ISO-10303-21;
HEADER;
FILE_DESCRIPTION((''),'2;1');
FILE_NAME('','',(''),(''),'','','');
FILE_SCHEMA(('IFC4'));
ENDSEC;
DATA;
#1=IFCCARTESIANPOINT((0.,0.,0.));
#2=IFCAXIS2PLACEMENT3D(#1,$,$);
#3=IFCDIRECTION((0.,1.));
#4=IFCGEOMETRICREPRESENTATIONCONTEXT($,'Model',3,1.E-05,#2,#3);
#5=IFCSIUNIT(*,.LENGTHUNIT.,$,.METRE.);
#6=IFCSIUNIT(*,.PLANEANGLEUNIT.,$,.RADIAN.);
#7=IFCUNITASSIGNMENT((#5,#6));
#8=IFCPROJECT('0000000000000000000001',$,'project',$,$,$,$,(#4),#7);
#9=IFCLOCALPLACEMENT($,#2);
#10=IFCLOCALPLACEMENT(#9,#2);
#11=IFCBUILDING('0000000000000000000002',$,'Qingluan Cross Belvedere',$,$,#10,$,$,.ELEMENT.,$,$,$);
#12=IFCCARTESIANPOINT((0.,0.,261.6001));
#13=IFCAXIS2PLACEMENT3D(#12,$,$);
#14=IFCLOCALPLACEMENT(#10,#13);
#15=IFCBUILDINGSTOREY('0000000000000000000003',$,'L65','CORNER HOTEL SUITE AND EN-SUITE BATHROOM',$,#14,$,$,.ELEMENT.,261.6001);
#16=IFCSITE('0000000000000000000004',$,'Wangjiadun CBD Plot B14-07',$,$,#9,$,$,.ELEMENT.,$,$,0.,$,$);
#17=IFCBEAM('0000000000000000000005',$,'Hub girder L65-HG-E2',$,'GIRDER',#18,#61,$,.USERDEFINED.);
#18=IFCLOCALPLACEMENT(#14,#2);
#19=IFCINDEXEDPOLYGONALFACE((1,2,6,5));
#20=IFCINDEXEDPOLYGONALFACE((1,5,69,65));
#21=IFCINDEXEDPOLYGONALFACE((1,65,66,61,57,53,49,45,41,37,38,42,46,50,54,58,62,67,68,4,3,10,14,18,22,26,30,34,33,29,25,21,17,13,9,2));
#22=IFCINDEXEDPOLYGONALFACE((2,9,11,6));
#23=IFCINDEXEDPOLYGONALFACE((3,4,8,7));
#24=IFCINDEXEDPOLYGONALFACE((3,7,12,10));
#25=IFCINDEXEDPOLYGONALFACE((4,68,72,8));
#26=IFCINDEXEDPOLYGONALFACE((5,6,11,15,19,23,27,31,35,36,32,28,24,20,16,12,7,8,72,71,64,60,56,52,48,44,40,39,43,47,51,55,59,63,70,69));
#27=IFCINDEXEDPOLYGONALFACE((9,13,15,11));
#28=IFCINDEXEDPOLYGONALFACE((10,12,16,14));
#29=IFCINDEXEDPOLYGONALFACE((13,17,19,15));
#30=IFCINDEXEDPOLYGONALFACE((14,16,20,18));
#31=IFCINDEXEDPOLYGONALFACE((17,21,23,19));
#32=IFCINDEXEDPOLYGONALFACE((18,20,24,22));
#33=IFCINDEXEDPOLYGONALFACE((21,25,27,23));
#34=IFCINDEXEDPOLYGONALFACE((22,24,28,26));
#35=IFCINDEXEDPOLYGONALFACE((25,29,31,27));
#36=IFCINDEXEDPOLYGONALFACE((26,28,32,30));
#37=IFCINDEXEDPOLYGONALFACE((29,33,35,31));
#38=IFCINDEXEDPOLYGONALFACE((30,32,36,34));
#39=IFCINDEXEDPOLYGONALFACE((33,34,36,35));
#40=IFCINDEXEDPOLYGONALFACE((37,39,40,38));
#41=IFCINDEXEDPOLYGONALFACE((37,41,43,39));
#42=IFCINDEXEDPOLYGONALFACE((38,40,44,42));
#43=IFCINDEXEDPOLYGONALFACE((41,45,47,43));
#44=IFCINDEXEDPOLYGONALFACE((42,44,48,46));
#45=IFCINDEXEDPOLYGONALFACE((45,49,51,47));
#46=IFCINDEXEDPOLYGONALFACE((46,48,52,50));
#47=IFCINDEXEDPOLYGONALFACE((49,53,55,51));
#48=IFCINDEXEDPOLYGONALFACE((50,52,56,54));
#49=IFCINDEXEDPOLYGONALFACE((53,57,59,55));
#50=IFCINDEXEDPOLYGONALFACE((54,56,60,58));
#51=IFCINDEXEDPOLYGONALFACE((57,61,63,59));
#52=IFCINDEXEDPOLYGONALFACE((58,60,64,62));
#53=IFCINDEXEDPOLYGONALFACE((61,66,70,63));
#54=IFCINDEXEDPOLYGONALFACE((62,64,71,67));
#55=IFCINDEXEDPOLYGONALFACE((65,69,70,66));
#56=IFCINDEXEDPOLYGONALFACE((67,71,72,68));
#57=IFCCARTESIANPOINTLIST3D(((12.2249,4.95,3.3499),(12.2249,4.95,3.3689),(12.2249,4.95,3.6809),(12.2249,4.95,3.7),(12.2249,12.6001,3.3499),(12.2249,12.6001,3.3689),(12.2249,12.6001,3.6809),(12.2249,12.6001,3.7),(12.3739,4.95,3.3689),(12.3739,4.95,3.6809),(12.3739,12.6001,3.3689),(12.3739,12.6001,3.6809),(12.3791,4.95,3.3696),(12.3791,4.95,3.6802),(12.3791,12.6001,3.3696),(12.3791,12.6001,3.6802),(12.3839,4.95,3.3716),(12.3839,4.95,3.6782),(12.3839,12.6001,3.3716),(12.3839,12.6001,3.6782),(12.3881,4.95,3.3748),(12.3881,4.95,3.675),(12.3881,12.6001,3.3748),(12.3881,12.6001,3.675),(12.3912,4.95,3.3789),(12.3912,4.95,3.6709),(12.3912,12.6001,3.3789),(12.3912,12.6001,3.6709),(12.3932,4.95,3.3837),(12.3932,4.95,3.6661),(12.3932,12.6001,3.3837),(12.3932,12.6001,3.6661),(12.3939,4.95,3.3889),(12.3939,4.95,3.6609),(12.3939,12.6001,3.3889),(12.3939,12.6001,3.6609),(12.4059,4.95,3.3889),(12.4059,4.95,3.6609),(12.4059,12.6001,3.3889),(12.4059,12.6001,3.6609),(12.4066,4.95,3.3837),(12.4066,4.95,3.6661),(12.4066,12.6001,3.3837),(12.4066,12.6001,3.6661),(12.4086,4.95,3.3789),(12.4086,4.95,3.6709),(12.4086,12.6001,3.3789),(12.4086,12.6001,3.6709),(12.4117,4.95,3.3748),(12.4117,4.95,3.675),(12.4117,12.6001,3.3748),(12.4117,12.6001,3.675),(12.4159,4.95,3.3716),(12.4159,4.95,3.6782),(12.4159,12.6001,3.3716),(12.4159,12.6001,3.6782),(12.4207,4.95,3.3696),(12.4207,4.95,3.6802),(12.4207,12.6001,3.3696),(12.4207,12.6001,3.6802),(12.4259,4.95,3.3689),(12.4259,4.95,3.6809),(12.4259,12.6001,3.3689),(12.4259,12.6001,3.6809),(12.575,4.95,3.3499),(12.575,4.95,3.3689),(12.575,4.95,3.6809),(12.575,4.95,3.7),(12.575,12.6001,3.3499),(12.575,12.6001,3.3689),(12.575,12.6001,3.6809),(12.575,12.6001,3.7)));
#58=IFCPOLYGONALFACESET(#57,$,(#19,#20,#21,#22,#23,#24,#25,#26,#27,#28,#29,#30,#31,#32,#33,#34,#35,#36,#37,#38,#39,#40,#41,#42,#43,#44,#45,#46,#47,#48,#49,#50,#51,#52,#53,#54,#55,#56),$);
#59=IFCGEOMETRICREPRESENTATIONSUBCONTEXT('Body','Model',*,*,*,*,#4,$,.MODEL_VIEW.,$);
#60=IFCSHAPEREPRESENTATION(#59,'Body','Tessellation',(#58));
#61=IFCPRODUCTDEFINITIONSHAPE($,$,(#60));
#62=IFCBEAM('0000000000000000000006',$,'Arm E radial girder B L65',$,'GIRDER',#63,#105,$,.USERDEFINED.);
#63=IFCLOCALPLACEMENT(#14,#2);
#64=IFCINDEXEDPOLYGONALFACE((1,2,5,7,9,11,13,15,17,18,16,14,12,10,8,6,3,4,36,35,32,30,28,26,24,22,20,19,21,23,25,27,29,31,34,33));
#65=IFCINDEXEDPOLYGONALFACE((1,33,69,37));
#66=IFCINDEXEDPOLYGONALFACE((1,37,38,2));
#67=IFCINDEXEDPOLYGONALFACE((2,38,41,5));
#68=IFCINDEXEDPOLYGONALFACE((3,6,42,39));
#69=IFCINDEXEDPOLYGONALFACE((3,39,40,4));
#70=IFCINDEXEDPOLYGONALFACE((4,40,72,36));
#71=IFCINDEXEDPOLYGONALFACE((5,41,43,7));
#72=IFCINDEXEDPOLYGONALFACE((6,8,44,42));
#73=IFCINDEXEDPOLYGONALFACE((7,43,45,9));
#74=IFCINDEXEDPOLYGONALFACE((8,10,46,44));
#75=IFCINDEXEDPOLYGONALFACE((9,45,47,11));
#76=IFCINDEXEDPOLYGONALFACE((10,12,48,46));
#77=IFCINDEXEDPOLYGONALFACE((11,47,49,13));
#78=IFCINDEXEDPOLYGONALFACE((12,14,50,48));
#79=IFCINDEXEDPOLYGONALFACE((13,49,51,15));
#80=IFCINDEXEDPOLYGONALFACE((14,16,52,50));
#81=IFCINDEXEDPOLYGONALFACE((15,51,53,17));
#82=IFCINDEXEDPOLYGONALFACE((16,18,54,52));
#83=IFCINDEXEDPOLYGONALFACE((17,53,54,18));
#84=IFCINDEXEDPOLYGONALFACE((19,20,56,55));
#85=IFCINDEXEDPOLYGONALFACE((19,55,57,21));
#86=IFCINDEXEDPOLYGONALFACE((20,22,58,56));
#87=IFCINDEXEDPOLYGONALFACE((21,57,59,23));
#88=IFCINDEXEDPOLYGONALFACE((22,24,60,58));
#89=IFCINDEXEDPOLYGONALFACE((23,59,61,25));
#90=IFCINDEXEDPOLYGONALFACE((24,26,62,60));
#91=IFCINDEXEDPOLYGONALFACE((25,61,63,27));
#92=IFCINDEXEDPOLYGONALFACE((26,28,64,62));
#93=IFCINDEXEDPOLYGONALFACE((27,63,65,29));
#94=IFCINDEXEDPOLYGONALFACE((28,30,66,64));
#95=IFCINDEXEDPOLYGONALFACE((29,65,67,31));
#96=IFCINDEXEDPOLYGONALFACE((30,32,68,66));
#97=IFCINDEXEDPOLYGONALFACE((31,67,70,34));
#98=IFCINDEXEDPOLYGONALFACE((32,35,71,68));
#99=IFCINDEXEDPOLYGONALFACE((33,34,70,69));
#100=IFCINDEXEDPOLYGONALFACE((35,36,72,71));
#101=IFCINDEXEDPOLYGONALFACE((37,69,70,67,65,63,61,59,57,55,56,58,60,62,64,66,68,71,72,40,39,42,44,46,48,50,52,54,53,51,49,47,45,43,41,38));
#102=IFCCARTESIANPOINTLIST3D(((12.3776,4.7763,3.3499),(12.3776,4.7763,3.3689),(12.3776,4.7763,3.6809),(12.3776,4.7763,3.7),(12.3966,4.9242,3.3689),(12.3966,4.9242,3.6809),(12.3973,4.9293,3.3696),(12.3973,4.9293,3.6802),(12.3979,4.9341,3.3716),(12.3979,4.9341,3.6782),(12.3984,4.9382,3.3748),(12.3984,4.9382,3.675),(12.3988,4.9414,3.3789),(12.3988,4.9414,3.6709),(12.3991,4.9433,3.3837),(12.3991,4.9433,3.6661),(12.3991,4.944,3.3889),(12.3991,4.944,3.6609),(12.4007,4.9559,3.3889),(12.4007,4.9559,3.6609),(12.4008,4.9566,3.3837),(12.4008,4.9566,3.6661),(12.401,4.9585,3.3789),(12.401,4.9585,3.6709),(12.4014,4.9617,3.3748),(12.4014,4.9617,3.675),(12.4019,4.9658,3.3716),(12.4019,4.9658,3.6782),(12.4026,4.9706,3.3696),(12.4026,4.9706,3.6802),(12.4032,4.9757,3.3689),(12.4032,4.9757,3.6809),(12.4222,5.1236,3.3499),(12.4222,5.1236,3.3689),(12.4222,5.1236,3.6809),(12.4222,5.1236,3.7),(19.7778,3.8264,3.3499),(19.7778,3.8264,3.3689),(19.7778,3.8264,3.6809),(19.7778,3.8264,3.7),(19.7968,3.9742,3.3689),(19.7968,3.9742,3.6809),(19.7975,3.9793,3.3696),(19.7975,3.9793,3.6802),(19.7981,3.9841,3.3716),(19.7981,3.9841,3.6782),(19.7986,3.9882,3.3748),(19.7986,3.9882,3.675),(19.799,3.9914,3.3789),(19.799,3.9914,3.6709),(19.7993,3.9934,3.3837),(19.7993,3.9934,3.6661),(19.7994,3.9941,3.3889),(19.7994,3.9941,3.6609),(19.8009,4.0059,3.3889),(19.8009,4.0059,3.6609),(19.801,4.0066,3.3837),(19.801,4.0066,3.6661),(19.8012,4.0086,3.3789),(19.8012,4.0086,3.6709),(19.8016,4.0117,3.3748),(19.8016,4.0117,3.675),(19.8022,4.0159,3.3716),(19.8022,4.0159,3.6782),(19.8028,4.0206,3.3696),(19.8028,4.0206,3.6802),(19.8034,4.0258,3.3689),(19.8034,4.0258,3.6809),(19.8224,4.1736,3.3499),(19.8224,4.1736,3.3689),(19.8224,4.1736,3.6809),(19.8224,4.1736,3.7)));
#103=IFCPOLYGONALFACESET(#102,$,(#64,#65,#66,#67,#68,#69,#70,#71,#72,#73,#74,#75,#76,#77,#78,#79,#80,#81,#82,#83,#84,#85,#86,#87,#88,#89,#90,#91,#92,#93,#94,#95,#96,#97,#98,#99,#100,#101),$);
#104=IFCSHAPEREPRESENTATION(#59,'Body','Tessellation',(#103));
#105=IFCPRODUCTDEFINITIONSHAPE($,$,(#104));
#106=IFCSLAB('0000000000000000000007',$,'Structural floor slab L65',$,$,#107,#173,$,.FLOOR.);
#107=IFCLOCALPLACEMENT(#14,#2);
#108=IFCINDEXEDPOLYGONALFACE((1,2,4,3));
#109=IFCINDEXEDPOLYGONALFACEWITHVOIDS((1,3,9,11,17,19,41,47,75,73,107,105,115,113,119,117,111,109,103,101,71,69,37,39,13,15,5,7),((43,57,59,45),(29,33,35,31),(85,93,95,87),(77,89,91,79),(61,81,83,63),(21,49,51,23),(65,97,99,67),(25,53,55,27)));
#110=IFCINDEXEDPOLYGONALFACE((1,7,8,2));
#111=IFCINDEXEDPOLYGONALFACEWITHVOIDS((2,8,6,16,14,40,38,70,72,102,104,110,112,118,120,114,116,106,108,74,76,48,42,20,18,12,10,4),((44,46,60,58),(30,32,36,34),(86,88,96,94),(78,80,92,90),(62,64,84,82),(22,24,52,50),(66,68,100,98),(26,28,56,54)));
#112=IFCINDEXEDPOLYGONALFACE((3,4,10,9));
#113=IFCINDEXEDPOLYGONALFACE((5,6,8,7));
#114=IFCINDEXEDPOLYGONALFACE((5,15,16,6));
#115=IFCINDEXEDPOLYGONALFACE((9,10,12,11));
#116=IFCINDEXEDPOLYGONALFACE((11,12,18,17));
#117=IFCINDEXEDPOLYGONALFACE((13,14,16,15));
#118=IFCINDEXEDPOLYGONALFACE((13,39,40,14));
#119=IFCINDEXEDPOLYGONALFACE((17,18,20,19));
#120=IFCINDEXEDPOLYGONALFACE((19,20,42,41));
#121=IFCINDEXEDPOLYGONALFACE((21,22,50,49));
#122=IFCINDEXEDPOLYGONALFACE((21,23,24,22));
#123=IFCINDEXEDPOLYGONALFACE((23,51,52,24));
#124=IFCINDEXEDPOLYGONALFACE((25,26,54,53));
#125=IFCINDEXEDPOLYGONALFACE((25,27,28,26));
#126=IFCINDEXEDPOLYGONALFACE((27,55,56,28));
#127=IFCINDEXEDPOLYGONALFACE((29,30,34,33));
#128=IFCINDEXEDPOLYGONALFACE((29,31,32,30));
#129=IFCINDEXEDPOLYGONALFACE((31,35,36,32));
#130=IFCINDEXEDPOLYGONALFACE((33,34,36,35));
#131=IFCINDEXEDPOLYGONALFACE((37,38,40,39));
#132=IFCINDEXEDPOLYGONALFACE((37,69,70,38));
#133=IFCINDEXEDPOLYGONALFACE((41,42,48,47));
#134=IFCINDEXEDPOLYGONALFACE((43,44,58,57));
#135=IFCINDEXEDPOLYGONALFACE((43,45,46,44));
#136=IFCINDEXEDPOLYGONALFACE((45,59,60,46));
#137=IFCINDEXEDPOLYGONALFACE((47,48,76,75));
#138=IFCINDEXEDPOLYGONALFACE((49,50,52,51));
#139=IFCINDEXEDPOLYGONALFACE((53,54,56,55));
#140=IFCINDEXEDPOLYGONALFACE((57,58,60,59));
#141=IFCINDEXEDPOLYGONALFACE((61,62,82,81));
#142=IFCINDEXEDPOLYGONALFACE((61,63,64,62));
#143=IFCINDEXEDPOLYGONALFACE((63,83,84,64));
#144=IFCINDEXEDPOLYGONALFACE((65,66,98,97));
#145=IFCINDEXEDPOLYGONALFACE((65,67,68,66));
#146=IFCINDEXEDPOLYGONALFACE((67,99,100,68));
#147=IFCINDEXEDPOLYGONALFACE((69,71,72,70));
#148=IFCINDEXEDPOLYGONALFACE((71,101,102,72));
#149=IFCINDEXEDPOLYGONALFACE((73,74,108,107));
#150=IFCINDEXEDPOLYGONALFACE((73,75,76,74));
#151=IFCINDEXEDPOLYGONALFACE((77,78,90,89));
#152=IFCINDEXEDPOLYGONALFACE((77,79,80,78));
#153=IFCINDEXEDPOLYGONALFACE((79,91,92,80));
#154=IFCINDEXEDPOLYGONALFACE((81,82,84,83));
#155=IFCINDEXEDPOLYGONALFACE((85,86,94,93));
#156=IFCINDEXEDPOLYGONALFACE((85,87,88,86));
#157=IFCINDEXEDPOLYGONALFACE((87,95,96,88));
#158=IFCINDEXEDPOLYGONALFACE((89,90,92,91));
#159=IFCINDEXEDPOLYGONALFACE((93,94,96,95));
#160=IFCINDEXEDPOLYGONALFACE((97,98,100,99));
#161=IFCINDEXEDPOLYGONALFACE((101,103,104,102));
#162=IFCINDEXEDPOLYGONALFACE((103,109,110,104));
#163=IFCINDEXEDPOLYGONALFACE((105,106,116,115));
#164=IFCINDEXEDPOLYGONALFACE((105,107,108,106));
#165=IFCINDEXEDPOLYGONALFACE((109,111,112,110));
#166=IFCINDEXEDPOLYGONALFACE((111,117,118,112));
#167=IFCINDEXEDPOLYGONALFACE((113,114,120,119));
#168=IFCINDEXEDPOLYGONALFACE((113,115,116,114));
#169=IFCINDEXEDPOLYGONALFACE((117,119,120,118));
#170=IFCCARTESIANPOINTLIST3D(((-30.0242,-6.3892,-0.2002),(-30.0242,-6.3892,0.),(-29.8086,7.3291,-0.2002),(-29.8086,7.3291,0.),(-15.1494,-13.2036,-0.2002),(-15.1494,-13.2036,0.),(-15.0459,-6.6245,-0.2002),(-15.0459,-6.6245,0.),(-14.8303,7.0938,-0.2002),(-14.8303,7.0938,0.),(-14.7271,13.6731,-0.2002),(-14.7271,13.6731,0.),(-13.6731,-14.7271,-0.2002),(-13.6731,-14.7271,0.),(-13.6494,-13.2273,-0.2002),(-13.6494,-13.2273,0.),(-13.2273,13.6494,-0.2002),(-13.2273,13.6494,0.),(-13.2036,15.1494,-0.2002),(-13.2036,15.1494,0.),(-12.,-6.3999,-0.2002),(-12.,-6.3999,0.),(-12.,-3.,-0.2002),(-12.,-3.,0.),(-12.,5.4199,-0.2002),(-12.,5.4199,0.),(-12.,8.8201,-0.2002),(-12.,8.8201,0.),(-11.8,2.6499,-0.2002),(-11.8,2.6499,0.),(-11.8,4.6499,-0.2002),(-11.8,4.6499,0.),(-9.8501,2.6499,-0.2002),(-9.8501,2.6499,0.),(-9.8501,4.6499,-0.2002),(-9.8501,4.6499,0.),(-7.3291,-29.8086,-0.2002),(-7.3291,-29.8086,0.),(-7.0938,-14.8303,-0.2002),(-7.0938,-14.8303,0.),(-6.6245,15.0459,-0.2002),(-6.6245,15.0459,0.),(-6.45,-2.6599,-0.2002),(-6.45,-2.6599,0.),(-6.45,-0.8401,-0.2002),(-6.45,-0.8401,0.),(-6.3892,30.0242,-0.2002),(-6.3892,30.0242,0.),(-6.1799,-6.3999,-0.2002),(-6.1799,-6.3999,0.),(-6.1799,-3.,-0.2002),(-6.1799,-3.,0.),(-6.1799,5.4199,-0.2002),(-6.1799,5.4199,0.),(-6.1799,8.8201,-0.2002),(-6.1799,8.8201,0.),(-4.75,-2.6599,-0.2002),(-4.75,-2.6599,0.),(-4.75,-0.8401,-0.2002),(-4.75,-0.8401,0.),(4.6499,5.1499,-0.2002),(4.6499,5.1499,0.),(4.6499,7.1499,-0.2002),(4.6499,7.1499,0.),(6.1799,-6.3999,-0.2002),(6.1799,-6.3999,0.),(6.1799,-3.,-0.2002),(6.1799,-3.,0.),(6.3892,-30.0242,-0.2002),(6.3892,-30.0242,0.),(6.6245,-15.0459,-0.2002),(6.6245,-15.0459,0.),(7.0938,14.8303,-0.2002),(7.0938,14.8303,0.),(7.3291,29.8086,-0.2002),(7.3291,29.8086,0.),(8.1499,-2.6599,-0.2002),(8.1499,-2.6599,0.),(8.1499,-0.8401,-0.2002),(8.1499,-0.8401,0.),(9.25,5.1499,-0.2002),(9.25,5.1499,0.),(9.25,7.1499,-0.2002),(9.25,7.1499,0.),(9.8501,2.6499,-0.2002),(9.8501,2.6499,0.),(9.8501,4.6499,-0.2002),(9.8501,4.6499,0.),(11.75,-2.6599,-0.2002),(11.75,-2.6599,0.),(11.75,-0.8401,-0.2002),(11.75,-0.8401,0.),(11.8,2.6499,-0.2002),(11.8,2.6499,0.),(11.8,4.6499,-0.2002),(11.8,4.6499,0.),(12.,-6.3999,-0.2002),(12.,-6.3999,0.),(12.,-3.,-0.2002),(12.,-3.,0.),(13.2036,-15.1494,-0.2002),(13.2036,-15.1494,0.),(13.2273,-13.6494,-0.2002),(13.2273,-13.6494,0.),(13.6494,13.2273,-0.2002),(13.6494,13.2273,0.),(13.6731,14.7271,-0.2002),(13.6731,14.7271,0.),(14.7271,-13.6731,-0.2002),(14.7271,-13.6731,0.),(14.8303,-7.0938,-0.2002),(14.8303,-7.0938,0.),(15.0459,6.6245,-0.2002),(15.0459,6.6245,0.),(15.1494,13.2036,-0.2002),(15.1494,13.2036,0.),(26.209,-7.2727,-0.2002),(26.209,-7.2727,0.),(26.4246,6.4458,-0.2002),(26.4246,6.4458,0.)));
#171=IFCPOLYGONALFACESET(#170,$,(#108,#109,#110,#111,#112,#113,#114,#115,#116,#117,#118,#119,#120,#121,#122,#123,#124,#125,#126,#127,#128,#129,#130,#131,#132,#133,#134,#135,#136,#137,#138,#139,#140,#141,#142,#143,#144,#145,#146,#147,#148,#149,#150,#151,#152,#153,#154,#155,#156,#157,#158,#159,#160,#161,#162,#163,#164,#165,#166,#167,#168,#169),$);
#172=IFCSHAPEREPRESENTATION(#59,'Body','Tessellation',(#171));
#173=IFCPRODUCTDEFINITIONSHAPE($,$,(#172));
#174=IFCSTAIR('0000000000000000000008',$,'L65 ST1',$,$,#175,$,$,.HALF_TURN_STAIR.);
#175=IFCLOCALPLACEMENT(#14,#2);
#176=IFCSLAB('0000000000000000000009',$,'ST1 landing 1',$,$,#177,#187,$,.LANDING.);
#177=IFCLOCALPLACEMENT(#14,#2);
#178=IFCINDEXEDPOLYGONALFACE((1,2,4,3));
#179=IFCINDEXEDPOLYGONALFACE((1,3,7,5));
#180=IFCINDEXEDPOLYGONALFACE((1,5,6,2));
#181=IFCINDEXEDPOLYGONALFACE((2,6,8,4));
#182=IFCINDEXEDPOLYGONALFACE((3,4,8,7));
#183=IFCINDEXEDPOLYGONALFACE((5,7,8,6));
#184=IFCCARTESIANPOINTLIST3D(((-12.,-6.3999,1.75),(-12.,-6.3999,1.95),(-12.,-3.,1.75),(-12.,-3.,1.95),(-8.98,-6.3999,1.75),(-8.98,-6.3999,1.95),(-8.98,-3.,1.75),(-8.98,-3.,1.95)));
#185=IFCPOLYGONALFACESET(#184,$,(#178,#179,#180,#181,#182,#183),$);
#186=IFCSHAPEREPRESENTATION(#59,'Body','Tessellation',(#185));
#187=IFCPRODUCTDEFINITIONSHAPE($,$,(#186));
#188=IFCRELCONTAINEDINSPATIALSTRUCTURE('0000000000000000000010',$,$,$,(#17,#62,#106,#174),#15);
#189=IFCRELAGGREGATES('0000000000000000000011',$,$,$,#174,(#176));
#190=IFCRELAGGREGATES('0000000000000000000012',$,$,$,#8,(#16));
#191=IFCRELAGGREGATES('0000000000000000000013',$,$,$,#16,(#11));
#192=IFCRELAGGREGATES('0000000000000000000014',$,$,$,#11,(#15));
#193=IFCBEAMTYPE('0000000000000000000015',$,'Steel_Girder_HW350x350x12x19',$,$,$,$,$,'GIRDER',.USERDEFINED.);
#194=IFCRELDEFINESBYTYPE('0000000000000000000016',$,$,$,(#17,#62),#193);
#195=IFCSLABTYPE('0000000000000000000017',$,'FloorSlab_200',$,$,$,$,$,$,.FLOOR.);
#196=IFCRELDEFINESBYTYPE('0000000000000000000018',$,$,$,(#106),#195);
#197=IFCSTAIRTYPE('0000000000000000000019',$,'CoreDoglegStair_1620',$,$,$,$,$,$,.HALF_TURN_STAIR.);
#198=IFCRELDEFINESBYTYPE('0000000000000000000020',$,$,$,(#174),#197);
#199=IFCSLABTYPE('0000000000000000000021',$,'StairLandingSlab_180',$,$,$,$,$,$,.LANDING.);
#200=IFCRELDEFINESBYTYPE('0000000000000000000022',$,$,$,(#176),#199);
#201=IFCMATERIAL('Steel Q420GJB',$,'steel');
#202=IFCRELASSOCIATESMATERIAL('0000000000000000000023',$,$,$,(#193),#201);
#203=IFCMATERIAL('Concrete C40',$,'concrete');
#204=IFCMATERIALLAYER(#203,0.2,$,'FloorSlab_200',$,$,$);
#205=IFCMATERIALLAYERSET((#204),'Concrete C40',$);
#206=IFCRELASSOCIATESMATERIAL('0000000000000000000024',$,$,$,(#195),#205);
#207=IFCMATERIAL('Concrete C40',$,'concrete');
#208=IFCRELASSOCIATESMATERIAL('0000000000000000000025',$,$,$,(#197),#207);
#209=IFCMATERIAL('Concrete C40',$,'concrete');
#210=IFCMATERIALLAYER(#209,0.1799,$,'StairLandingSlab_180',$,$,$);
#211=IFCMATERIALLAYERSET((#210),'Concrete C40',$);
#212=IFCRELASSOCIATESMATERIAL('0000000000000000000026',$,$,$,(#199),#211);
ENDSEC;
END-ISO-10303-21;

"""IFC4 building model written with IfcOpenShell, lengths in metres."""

from ifc_helpers import new_model, si_unit, direction, frame, origin, origin_2d, place, context, subcontext, project, spatial, polyline, i_section, outline, extrude, material, layer, layer_set, material_profile, profile_set, type_object, element, aggregate, save


model = new_model("IFC4")

# Units and contexts
model_context = context("Model", 3, precision=1e-05, world=origin(), true_north=direction((0.0, 1.0)))
body_context = subcontext(model_context, "Body", "Model", "MODEL_VIEW")
ifc_project = project(units=[si_unit("LENGTHUNIT", "METRE"), si_unit("PLANEANGLEUNIT", "RADIAN")], contexts=[model_context])

# Site, building, storey
site_placement = place(None, origin())
site = spatial("IfcSite", under=ifc_project, at=site_placement, Name="Wangjiadun CBD Plot B14-07", CompositionType="ELEMENT", RefElevation=0.0)
building_placement = place(site_placement, origin())
building = spatial("IfcBuilding", under=site, at=building_placement, Name="Qingluan Cross Belvedere", CompositionType="ELEMENT")
storey_placement = place(building_placement, frame((0.0, 0.0, 261.6001)))
storey = spatial("IfcBuildingStorey", under=building, at=storey_placement, Name="L65", Description="CORNER HOTEL SUITE AND EN-SUITE BATHROOM", CompositionType="ELEMENT", Elevation=261.6001)

# Beams
ifc_material_1 = material(Name="Steel Q420GJB", Category="steel")
ifc_material_profile = material_profile(ifc_material_1, i_section(OverallWidth=0.3501, OverallDepth=0.3501, WebThickness=0.012, FlangeThickness=0.019, FilletRadius=0.02, at=origin_2d()), Name="HW350x350x12x19")
ifc_profile_set = profile_set([ifc_material_profile], Name="Steel Q420GJB")
beam_type = type_object("IfcBeamType", Name="Steel_Girder_HW350x350x12x19", ElementType="GIRDER", PredefinedType="USERDEFINED", material=ifc_profile_set)
beam_1_placement = place(storey_placement, frame((12.3999, 4.95, 3.5249), z_axis=(0.0, 1.0, 0.0), x_axis=(-1.0, 0.0, 0.0)))
element("IfcBeam", 1, at=beam_1_placement, inside=storey, type_object=beam_type, Name="Hub girder L65-HG-E2", ObjectType="GIRDER", PredefinedType="USERDEFINED", context=body_context, shape_type="SweptSolid", body=[
    extrude(i_section(OverallWidth=0.3501, OverallDepth=0.3501, WebThickness=0.012, FlangeThickness=0.019, FilletRadius=0.02, at=origin_2d()), origin(), (0.0, 0.0, 1.0), 7.6501),
])
beam_2_placement = place(storey_placement, frame((12.3999, 4.95, 3.5249), z_axis=(0.991861, -0.127324, 0.0), x_axis=(0.127324, 0.991861, 0.0)))
element("IfcBeam", 2, at=beam_2_placement, inside=storey, type_object=beam_type, Name="Arm E radial girder B L65", ObjectType="GIRDER", PredefinedType="USERDEFINED", context=body_context, shape_type="SweptSolid", body=[
    extrude(i_section(OverallWidth=0.3501, OverallDepth=0.3501, WebThickness=0.012, FlangeThickness=0.019, FilletRadius=0.02, at=origin_2d()), origin(), (0.0, 0.0, 1.0), 7.4609),
])

# Slab
ifc_material_2 = material(Name="Concrete C40", Category="concrete")
ifc_layer_1 = layer(ifc_material_2, 0.2, Name="FloorSlab_200")
ifc_layer_set_1 = layer_set([ifc_layer_1], Name="Concrete C40")
slab_type_1 = type_object("IfcSlabType", Name="FloorSlab_200", PredefinedType="FLOOR", material=ifc_layer_set_1)
slab_1_placement = place(storey_placement, frame((0.0, 0.0, -0.2002)))
element("IfcSlab", 3, at=slab_1_placement, inside=storey, type_object=slab_type_1, Name="Structural floor slab L65", PredefinedType="FLOOR", context=body_context, shape_type="SweptSolid", body=[
    extrude(outline(polyline([(6.3892, -30.0242), (6.6245, -15.0459), (13.2036, -15.1494), (13.2273, -13.6494), (14.7271, -13.6731), (14.8303, -7.0938), (26.209, -7.2727), (26.4246, 6.4458), (15.0459, 6.6245), (15.1494, 13.2036), (13.6494, 13.2273), (13.6731, 14.7271), (7.0938, 14.8303), (7.3291, 29.8086), (-6.3892, 30.0242), (-6.6245, 15.0459), (-13.2036, 15.1494), (-13.2273, 13.6494), (-14.7271, 13.6731), (-14.8303, 7.0938), (-29.8086, 7.3291), (-30.0242, -6.3892), (-15.0459, -6.6245), (-15.1494, -13.2036), (-13.6494, -13.2273), (-13.6731, -14.7271), (-7.0938, -14.8303), (-7.3291, -29.8086), (6.3892, -30.0242)]), holes=[polyline([(-12.0, -3.0), (-6.1799, -3.0), (-6.1799, -6.3999), (-12.0, -6.3999), (-12.0, -3.0)]), polyline([(6.1799, -3.0), (12.0, -3.0), (12.0, -6.3999), (6.1799, -6.3999), (6.1799, -3.0)]), polyline([(-12.0, 8.8201), (-6.1799, 8.8201), (-6.1799, 5.4199), (-12.0, 5.4199), (-12.0, 8.8201)]), polyline([(-11.8, 4.6499), (-9.8501, 4.6499), (-9.8501, 2.6499), (-11.8, 2.6499), (-11.8, 4.6499)]), polyline([(9.8501, 4.6499), (11.8, 4.6499), (11.8, 2.6499), (9.8501, 2.6499), (9.8501, 4.6499)]), polyline([(-6.45, -0.8401), (-4.75, -0.8401), (-4.75, -2.6599), (-6.45, -2.6599), (-6.45, -0.8401)]), polyline([(8.1499, -0.8401), (11.75, -0.8401), (11.75, -2.6599), (8.1499, -2.6599), (8.1499, -0.8401)]), polyline([(4.6499, 7.1499), (9.25, 7.1499), (9.25, 5.1499), (4.6499, 5.1499), (4.6499, 7.1499)])]), origin(), (0.0, 0.0, 1.0), 0.2002),
])

# Stair, slab
ifc_material_3 = material(Name="Concrete C40", Category="concrete")
stair_type = type_object("IfcStairType", Name="CoreDoglegStair_1620", PredefinedType="HALF_TURN_STAIR", material=ifc_material_3)
stair_1_placement = place(storey_placement, origin())
stair_1 = element("IfcStair", 4, at=stair_1_placement, inside=storey, type_object=stair_type, Name="L65 ST1", PredefinedType="HALF_TURN_STAIR")
ifc_material_4 = material(Name="Concrete C40", Category="concrete")
ifc_layer_2 = layer(ifc_material_4, 0.1799, Name="StairLandingSlab_180")
ifc_layer_set_2 = layer_set([ifc_layer_2], Name="Concrete C40")
slab_type_2 = type_object("IfcSlabType", Name="StairLandingSlab_180", PredefinedType="LANDING", material=ifc_layer_set_2)
slab_2_placement = place(storey_placement, frame((0.0, 0.0, 1.75)))
slab_2 = element("IfcSlab", 5, at=slab_2_placement, type_object=slab_type_2, Name="ST1 landing 1", PredefinedType="LANDING", context=body_context, shape_type="SweptSolid", body=[
    extrude(outline(polyline([(-8.98, -3.0), (-12.0, -3.0), (-12.0, -6.3999), (-8.98, -6.3999), (-8.98, -3.0)])), origin(), (0.0, 0.0, 1.0), 0.2),
])
aggregate(stair_1, [slab_2])

save(model, "model.ifc")
